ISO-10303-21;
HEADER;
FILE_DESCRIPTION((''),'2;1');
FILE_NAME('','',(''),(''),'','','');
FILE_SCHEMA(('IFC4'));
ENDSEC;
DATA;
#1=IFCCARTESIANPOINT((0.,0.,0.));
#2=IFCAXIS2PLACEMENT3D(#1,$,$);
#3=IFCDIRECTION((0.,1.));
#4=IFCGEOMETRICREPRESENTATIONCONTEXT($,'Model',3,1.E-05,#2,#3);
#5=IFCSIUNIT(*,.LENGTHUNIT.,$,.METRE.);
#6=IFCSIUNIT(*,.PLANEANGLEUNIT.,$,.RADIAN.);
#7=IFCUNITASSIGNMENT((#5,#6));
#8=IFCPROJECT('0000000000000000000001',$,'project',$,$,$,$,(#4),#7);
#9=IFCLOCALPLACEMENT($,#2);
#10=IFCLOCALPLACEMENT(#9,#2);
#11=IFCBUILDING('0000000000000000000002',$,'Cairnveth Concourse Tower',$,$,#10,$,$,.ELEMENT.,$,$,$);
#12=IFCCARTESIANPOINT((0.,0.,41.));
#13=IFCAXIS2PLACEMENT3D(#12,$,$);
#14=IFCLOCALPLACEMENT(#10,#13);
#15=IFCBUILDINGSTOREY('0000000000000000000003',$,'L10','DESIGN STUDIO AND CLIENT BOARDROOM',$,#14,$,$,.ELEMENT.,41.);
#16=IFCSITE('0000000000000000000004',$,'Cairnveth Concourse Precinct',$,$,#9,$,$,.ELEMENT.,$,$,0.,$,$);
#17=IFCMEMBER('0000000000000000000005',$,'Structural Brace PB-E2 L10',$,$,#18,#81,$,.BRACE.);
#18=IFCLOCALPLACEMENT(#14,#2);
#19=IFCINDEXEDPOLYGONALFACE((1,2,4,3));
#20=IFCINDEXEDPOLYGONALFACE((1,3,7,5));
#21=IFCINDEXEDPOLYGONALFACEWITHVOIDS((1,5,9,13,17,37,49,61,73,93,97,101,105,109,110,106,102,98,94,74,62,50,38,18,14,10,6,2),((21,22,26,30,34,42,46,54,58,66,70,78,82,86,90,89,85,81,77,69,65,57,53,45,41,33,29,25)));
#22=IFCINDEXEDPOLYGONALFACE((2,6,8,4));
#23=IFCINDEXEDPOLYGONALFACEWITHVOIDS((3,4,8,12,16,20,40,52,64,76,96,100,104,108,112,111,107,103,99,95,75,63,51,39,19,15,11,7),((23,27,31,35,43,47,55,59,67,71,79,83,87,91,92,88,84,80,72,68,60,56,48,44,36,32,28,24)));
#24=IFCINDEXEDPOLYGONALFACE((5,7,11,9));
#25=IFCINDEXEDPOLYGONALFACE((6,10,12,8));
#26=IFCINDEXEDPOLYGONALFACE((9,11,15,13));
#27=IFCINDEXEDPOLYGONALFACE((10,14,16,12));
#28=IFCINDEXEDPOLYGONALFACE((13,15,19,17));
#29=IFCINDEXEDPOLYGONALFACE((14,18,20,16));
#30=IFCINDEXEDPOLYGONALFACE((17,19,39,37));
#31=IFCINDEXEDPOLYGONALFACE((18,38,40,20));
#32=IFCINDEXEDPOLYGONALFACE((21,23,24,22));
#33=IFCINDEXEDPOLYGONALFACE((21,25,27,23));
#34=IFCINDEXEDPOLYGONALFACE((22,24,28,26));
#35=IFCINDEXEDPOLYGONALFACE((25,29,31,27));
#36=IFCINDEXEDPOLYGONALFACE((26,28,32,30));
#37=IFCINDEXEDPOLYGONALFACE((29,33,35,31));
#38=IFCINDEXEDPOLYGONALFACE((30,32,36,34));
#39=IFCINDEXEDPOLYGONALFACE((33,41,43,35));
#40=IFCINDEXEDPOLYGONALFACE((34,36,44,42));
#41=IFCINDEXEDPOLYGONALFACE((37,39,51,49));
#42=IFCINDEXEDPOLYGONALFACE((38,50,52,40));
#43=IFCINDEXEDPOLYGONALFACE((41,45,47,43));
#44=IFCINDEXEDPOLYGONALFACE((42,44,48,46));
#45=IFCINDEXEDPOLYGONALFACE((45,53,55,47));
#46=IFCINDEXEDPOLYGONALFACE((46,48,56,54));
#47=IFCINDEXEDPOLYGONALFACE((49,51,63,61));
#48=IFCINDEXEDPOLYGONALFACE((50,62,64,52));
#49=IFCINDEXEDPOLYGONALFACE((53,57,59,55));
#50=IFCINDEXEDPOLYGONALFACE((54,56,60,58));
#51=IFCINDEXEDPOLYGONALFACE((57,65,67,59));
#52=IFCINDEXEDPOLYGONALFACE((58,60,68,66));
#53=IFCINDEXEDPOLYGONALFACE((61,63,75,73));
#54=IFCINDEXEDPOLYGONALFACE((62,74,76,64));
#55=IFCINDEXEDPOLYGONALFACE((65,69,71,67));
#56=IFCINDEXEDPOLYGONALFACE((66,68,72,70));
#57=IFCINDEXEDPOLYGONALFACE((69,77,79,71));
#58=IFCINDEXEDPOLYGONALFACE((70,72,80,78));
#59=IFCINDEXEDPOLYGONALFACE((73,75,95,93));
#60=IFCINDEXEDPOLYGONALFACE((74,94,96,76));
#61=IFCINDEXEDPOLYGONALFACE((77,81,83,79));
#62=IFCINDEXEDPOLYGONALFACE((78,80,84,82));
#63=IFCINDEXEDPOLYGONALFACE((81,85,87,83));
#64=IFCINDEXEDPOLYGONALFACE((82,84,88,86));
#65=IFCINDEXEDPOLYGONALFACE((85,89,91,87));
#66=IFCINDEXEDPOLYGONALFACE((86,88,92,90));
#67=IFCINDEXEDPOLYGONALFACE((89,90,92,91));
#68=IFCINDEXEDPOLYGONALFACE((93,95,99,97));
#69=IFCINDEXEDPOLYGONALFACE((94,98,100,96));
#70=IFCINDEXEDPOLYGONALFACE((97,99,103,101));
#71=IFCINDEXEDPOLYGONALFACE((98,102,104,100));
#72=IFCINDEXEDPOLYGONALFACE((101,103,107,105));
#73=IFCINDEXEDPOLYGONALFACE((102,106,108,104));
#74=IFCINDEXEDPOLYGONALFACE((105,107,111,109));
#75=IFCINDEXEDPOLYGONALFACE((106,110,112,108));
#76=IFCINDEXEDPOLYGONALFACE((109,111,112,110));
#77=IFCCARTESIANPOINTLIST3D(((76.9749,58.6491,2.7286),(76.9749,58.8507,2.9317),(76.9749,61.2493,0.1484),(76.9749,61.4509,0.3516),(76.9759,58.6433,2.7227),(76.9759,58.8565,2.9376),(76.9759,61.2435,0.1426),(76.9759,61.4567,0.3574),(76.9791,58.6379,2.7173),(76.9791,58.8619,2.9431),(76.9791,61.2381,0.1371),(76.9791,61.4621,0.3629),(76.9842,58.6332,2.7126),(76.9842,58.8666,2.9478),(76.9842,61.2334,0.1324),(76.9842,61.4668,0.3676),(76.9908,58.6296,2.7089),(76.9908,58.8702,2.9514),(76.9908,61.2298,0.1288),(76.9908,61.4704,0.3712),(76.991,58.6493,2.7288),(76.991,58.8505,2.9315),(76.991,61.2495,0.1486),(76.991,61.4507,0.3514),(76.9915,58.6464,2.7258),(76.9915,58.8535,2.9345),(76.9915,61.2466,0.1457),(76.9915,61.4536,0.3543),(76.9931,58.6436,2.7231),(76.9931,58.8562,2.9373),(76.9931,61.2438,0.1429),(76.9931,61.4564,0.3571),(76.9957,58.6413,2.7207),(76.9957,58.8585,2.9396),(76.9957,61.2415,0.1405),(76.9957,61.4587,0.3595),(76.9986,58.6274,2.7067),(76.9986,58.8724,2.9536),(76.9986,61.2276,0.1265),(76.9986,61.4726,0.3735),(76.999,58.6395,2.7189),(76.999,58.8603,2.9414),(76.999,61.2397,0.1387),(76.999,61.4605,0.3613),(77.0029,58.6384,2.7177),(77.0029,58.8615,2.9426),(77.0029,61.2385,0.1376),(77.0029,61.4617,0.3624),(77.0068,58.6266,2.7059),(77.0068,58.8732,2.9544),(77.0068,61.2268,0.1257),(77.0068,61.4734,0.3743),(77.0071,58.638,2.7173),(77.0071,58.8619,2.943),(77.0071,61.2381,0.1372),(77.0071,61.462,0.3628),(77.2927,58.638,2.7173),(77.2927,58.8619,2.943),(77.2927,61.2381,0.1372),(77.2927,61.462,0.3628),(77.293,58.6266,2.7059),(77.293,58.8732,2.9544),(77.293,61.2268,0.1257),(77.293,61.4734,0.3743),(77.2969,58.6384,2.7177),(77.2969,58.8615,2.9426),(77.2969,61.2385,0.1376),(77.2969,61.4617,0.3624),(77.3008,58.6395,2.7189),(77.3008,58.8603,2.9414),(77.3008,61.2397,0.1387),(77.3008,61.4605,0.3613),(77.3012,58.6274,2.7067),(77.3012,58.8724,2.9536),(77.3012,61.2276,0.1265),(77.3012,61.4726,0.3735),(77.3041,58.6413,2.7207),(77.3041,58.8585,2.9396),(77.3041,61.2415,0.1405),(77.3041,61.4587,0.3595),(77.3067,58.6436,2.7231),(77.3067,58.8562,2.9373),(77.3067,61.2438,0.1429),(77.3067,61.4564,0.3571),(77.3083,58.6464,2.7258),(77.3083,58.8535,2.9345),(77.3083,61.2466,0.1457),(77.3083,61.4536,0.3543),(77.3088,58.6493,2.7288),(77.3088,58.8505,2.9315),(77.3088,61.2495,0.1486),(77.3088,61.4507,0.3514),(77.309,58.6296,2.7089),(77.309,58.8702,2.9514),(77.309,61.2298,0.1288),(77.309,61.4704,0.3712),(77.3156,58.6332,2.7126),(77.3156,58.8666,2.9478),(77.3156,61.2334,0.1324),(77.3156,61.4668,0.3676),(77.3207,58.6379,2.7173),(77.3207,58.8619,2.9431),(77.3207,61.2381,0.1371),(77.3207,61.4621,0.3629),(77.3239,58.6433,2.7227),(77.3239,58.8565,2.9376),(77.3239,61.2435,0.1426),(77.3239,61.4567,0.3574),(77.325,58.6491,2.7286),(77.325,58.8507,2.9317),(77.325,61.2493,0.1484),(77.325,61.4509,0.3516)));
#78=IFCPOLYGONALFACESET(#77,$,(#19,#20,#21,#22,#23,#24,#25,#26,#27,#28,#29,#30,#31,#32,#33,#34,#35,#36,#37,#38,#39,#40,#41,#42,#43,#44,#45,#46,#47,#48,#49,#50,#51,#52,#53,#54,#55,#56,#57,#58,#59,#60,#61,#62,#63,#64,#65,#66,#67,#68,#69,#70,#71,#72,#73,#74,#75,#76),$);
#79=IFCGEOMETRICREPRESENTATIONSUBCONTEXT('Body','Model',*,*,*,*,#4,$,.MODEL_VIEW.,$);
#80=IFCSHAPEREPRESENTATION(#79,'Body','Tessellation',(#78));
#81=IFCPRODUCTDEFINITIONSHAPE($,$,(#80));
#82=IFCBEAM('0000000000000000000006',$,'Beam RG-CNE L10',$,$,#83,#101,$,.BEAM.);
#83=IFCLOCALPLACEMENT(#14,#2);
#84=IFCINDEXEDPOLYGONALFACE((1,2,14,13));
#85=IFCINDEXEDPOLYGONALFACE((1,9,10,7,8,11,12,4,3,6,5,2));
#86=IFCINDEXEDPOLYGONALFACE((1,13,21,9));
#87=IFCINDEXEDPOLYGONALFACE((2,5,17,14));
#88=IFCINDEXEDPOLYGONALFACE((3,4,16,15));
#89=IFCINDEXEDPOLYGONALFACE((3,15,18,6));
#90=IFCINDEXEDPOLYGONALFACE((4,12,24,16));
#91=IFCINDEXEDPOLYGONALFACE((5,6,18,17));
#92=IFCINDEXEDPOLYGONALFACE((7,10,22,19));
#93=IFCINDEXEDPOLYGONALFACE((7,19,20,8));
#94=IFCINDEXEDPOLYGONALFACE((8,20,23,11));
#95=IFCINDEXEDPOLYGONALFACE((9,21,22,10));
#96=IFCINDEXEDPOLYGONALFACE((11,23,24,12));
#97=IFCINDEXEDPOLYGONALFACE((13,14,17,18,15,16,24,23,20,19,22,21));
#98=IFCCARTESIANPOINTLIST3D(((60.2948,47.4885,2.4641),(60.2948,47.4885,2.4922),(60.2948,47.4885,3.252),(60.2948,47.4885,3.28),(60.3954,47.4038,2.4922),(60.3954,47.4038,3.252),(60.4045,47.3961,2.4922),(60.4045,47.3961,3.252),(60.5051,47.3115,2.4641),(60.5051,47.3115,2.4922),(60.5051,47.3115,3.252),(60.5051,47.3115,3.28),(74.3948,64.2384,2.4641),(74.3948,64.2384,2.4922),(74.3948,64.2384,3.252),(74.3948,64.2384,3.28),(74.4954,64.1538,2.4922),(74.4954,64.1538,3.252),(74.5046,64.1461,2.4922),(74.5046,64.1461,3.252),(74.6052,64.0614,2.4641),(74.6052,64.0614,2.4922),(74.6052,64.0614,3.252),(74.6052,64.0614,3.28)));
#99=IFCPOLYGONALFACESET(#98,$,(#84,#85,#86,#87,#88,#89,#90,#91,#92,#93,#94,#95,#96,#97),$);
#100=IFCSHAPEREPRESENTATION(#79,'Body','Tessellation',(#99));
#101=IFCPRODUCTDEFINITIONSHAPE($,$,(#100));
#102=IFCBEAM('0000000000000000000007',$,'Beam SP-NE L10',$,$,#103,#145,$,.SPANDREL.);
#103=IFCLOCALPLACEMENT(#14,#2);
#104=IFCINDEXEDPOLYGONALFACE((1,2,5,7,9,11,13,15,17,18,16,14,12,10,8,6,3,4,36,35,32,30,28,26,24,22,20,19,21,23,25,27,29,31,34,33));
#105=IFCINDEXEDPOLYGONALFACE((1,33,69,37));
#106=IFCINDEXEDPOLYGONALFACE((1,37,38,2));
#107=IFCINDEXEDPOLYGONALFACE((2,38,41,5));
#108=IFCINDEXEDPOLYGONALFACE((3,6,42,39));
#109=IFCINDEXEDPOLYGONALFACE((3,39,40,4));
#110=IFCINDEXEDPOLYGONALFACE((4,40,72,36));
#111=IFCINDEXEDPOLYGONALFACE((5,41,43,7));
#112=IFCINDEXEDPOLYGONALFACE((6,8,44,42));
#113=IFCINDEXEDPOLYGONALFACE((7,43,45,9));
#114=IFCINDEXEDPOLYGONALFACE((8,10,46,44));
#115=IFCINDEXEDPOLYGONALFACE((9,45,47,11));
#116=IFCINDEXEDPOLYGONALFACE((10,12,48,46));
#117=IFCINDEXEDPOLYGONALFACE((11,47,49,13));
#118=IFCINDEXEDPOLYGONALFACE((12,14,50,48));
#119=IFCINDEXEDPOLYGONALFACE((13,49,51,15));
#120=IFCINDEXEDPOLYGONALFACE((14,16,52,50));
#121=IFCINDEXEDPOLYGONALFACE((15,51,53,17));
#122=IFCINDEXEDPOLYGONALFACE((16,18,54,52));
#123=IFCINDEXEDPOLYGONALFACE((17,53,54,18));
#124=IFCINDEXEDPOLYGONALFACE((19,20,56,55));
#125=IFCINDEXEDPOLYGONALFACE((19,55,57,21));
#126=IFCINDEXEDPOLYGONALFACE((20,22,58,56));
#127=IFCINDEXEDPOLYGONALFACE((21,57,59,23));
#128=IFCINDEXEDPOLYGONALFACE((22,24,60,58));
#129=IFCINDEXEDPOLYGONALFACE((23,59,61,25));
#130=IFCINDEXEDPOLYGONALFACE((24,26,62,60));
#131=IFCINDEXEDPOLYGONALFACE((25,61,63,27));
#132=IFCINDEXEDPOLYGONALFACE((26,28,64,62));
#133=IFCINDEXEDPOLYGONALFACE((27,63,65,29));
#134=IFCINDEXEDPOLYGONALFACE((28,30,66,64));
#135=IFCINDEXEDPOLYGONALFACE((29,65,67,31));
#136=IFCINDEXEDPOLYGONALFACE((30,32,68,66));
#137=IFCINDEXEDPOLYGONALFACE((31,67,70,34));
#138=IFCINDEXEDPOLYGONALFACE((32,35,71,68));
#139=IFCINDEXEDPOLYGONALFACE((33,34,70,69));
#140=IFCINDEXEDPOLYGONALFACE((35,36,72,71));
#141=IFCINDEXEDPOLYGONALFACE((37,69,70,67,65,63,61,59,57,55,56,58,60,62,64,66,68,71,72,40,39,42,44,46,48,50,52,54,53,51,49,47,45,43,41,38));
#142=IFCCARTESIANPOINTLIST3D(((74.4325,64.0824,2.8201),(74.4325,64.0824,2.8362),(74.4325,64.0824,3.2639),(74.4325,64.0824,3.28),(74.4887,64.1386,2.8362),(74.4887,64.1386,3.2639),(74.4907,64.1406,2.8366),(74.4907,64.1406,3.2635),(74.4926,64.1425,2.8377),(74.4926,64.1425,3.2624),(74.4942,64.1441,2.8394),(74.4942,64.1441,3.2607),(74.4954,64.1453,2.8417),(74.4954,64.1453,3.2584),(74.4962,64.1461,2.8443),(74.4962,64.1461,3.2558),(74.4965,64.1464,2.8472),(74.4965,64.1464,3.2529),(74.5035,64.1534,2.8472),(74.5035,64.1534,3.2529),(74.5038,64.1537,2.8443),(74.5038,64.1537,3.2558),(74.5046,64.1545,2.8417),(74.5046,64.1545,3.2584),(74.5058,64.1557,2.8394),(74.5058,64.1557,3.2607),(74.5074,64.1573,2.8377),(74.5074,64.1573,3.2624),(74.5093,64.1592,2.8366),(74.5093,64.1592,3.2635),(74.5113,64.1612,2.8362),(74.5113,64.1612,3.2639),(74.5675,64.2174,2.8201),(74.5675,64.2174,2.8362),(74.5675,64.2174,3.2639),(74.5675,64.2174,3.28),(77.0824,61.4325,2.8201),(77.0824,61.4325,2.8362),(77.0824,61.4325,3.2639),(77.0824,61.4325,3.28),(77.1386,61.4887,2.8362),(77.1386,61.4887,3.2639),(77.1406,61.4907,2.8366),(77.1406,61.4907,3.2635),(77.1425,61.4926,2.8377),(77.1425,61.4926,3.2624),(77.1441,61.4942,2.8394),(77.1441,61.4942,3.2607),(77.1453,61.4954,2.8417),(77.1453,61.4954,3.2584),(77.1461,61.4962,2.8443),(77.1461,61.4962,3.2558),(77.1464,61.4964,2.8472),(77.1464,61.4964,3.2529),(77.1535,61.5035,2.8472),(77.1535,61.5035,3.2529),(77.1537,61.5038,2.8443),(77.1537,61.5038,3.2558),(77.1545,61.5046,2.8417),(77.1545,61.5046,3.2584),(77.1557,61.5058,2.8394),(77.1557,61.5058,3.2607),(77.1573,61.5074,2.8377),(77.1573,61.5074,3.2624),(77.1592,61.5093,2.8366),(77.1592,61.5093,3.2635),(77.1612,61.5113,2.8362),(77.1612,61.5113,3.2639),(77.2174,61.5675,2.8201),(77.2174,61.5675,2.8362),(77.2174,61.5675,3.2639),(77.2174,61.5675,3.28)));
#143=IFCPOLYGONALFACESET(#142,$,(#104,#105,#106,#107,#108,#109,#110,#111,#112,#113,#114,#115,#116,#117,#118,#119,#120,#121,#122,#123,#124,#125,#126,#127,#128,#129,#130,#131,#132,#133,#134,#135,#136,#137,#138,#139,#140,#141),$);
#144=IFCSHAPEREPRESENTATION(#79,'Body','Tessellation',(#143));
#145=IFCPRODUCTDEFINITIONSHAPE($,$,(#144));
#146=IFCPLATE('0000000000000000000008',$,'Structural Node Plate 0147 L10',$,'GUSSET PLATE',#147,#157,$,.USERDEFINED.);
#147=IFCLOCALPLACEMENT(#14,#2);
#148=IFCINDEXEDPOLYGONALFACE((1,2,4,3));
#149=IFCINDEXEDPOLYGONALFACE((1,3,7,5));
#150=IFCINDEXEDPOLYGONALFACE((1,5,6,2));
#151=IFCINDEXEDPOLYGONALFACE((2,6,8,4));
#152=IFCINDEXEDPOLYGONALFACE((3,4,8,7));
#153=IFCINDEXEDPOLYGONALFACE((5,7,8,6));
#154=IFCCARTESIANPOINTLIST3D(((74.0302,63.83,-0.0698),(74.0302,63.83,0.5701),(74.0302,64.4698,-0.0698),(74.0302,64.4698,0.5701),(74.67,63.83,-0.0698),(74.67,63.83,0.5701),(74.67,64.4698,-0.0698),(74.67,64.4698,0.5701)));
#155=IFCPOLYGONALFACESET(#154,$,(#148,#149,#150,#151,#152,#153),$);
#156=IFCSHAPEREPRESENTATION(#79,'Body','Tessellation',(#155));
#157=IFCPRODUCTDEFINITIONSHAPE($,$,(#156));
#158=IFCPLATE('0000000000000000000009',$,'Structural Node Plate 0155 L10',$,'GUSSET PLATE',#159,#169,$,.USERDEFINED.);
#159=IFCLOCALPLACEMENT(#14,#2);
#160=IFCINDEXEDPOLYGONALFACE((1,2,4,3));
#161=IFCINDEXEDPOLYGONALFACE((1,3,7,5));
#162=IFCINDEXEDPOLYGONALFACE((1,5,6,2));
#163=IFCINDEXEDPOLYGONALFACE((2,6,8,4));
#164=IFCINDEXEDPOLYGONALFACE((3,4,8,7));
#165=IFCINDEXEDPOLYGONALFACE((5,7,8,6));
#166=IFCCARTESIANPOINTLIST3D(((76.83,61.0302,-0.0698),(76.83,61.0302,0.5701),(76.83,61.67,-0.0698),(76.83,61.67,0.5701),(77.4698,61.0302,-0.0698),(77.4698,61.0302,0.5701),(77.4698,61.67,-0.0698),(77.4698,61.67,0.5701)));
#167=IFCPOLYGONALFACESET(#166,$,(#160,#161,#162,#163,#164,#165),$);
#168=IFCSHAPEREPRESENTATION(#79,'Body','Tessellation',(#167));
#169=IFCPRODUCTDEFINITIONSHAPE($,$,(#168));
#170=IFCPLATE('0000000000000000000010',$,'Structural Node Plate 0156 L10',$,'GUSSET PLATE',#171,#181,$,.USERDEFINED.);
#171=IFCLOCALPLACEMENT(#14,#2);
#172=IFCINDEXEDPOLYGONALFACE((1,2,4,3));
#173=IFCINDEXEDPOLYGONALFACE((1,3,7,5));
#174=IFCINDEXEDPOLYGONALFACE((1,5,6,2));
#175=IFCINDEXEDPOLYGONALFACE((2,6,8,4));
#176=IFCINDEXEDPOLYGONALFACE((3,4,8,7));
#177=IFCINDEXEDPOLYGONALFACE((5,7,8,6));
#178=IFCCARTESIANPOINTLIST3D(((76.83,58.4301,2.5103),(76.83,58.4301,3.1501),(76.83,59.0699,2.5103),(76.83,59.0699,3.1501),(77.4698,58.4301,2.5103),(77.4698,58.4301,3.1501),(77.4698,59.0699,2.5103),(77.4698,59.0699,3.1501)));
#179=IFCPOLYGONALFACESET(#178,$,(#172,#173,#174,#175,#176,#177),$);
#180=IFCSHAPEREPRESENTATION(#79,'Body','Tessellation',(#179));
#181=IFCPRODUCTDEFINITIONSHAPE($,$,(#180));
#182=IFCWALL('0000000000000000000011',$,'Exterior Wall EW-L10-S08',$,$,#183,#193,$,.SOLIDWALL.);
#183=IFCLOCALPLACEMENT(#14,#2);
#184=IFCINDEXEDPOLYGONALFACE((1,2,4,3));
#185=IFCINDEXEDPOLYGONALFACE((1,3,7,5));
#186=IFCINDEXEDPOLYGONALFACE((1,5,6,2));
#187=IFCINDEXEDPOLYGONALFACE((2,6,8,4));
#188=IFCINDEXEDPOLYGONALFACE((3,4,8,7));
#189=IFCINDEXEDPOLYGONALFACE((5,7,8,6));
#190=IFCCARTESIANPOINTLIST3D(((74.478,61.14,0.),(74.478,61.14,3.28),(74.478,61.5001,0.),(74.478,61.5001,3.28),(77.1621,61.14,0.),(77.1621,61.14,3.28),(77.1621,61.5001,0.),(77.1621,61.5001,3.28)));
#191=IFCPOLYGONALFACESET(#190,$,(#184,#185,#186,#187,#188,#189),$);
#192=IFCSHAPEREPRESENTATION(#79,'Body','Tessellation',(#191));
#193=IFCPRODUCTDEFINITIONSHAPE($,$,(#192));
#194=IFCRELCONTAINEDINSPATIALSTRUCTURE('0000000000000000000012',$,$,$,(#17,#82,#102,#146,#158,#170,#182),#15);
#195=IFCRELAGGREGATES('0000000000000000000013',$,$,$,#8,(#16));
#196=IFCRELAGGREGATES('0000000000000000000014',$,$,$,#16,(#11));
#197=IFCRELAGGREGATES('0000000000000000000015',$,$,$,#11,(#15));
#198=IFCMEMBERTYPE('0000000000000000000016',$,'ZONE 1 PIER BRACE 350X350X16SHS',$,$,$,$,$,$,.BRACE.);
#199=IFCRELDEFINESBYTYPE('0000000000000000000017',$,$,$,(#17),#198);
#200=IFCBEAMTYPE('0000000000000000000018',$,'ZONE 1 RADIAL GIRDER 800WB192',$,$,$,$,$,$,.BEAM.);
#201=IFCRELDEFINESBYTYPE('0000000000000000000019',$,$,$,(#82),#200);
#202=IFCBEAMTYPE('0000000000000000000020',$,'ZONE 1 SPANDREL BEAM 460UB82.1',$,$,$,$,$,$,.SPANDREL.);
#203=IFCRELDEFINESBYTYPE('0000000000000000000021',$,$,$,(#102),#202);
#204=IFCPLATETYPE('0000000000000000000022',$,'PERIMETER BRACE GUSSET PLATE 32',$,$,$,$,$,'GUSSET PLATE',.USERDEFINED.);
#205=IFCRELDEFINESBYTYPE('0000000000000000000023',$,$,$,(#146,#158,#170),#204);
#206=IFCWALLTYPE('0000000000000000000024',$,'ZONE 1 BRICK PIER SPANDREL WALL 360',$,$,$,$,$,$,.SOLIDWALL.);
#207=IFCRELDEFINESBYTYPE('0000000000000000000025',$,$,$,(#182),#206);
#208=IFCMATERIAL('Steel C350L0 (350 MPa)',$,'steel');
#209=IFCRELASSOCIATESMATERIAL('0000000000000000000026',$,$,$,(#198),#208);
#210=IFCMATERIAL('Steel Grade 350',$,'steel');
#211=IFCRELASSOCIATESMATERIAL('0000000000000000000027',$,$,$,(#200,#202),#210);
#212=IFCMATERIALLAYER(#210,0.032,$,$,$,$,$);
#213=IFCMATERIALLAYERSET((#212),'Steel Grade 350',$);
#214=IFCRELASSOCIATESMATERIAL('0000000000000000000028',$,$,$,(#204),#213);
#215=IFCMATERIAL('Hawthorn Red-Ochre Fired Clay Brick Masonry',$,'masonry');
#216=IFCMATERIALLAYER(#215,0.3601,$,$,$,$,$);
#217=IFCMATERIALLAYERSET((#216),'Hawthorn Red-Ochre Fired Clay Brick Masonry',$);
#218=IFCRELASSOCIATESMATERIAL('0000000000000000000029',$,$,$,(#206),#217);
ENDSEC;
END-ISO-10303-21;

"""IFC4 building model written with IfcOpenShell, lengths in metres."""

from ifc_helpers import new_model, si_unit, direction, frame, frame_2d, origin, origin_2d, place, context, subcontext, project, spatial, rectangle, hollow_rectangle, i_section, extrude, material, layer, layer_set, material_profile, profile_set, type_object, element, save


model = new_model("IFC4")

# Units and contexts
model_context = context("Model", 3, precision=1e-05, world=origin(), true_north=direction((0.0, 1.0)))
body_context = subcontext(model_context, "Body", "Model", "MODEL_VIEW")
ifc_project = project(units=[si_unit("LENGTHUNIT", "METRE"), si_unit("PLANEANGLEUNIT", "RADIAN")], contexts=[model_context])

# Site, building, storey
site_placement = place(None, origin())
site = spatial("IfcSite", under=ifc_project, at=site_placement, Name="Cairnveth Concourse Precinct", CompositionType="ELEMENT", RefElevation=0.0)
building_placement = place(site_placement, origin())
building = spatial("IfcBuilding", under=site, at=building_placement, Name="Cairnveth Concourse Tower", CompositionType="ELEMENT")
storey_placement = place(building_placement, frame((0.0, 0.0, 41.0)))
storey = spatial("IfcBuildingStorey", under=building, at=storey_placement, Name="L10", Description="DESIGN STUDIO AND CLIENT BOARDROOM", CompositionType="ELEMENT", Elevation=41.0)

# Shared definitions
ifc_material_1 = material(Name="Steel Grade 350", Category="steel")

# Member
ifc_material_2 = material(Name="Steel C350L0 (350 MPa)", Category="steel")
ifc_material_profile_1 = material_profile(ifc_material_2, hollow_rectangle(XDim=0.3501, YDim=0.3501, WallThickness=0.0161, InnerFilletRadius=0.0161, OuterFilletRadius=0.032, at=origin_2d()), Name="350x350x16.0SHS")
ifc_profile_set_1 = profile_set([ifc_material_profile_1], Name="Steel C350L0 (350 MPa)")
member_type = type_object("IfcMemberType", Name="ZONE 1 PIER BRACE 350X350X16SHS", PredefinedType="BRACE", material=ifc_profile_set_1)
for number, where, z_axis, x_axis, name in (
    (1, (77.1499, 61.3501, 0.25), (0.0, -0.709834, 0.704369), (1.0, 0.0, 0.0), "Structural Brace PB-E2 L10"),
):
    element("IfcMember", number, at=place(storey_placement, frame(where, z_axis=z_axis, x_axis=x_axis)), inside=storey, type_object=member_type, Name=name, PredefinedType="BRACE", context=body_context, shape_type="SweptSolid", body=[
        extrude(hollow_rectangle(XDim=0.3501, YDim=0.3501, WallThickness=0.0161, InnerFilletRadius=0.0161, OuterFilletRadius=0.032, at=origin_2d()), origin(), (0.0, 0.0, 1.0), 3.6631),
    ])

# Beams
ifc_material_profile_2 = material_profile(ifc_material_1, i_section(OverallWidth=0.2749, OverallDepth=0.8159, WebThickness=0.012, FlangeThickness=0.0281, at=origin_2d()), Name="800WB192")
ifc_profile_set_2 = profile_set([ifc_material_profile_2], Name="Steel Grade 350")
beam_type_1 = type_object("IfcBeamType", Name="ZONE 1 RADIAL GIRDER 800WB192", PredefinedType="BEAM", material=ifc_profile_set_2)
beam_1_placement = place(storey_placement, frame((74.5, 64.1499, 2.8721), z_axis=(-0.643998, -0.765027, 0.0), x_axis=(0.765027, -0.643998, 0.0)))
element("IfcBeam", 2, at=beam_1_placement, inside=storey, type_object=beam_type_1, Name="Beam RG-CNE L10", PredefinedType="BEAM", context=body_context, shape_type="SweptSolid", body=[
    extrude(i_section(OverallWidth=0.2749, OverallDepth=0.8159, WebThickness=0.012, FlangeThickness=0.0281, at=origin_2d()), origin(), (0.0, 0.0, 1.0), 21.8945),
])
ifc_material_profile_3 = material_profile(ifc_material_1, i_section(OverallWidth=0.1909, OverallDepth=0.46, WebThickness=0.01, FlangeThickness=0.0161, FilletRadius=0.011, at=origin_2d()), Name="460UB82.1")
ifc_profile_set_3 = profile_set([ifc_material_profile_3], Name="Steel Grade 350")
beam_type_2 = type_object("IfcBeamType", Name="ZONE 1 SPANDREL BEAM 460UB82.1", PredefinedType="SPANDREL", material=ifc_profile_set_3)
beam_2_placement = place(storey_placement, frame((74.5, 64.1499, 3.05), z_axis=(0.707107, -0.707107, 0.0), x_axis=(0.707107, 0.707107, 0.0)))
element("IfcBeam", 3, at=beam_2_placement, inside=storey, type_object=beam_type_2, Name="Beam SP-NE L10", PredefinedType="SPANDREL", context=body_context, shape_type="SweptSolid", body=[
    extrude(i_section(OverallWidth=0.1909, OverallDepth=0.46, WebThickness=0.01, FlangeThickness=0.0161, FilletRadius=0.011, at=origin_2d()), origin(), (0.0, 0.0, 1.0), 3.7476),
])

# Plates
ifc_layer_1 = layer(ifc_material_1, 0.032)
ifc_layer_set_1 = layer_set([ifc_layer_1], Name="Steel Grade 350")
plate_type = type_object("IfcPlateType", Name="PERIMETER BRACE GUSSET PLATE 32", ElementType="GUSSET PLATE", PredefinedType="USERDEFINED", material=ifc_layer_set_1)
for number, where, z_axis, x_axis, name in (
    (4, (74.3501, 64.1499, -0.0698), (0.0, 0.0, 1.0), (1.0, 0.0, 0.0), "Structural Node Plate 0147 L10"),
    (5, (77.1499, 61.3501, -0.0698), (0.0, 0.0, 1.0), (1.0, 0.0, 0.0), "Structural Node Plate 0155 L10"),
    (6, (77.1499, 58.75, 2.5103), (0.0, 0.0, 1.0), (1.0, 0.0, 0.0), "Structural Node Plate 0156 L10"),
):
    element("IfcPlate", number, at=place(storey_placement, frame(where, z_axis=z_axis, x_axis=x_axis)), inside=storey, type_object=plate_type, Name=name, ObjectType="GUSSET PLATE", PredefinedType="USERDEFINED", context=body_context, shape_type="SweptSolid", body=[
        extrude(rectangle(XDim=0.6399, YDim=0.6399, at=origin_2d()), origin(), (0.0, 0.0, 1.0), 0.6399),
    ])

# Wall
ifc_material_3 = material(Name="Hawthorn Red-Ochre Fired Clay Brick Masonry", Category="masonry")
ifc_layer_2 = layer(ifc_material_3, 0.3601)
ifc_layer_set_2 = layer_set([ifc_layer_2], Name="Hawthorn Red-Ochre Fired Clay Brick Masonry")
wall_type = type_object("IfcWallType", Name="ZONE 1 BRICK PIER SPANDREL WALL 360", PredefinedType="SOLIDWALL", material=ifc_layer_set_2)
wall_1_placement = place(storey_placement, frame((74.478, 61.3201, 0.0), z_axis=(0.0, 0.0, 1.0), x_axis=(1.0, 0.0, 0.0)))
element("IfcWall", 7, at=wall_1_placement, inside=storey, type_object=wall_type, Name="Exterior Wall EW-L10-S08", PredefinedType="SOLIDWALL", context=body_context, shape_type="SweptSolid", body=[
    extrude(rectangle(XDim=2.6841, YDim=0.3601, at=frame_2d((1.342, 0.0))), origin(), (0.0, 0.0, 1.0), 3.28),
])

save(model, "model.ifc")
